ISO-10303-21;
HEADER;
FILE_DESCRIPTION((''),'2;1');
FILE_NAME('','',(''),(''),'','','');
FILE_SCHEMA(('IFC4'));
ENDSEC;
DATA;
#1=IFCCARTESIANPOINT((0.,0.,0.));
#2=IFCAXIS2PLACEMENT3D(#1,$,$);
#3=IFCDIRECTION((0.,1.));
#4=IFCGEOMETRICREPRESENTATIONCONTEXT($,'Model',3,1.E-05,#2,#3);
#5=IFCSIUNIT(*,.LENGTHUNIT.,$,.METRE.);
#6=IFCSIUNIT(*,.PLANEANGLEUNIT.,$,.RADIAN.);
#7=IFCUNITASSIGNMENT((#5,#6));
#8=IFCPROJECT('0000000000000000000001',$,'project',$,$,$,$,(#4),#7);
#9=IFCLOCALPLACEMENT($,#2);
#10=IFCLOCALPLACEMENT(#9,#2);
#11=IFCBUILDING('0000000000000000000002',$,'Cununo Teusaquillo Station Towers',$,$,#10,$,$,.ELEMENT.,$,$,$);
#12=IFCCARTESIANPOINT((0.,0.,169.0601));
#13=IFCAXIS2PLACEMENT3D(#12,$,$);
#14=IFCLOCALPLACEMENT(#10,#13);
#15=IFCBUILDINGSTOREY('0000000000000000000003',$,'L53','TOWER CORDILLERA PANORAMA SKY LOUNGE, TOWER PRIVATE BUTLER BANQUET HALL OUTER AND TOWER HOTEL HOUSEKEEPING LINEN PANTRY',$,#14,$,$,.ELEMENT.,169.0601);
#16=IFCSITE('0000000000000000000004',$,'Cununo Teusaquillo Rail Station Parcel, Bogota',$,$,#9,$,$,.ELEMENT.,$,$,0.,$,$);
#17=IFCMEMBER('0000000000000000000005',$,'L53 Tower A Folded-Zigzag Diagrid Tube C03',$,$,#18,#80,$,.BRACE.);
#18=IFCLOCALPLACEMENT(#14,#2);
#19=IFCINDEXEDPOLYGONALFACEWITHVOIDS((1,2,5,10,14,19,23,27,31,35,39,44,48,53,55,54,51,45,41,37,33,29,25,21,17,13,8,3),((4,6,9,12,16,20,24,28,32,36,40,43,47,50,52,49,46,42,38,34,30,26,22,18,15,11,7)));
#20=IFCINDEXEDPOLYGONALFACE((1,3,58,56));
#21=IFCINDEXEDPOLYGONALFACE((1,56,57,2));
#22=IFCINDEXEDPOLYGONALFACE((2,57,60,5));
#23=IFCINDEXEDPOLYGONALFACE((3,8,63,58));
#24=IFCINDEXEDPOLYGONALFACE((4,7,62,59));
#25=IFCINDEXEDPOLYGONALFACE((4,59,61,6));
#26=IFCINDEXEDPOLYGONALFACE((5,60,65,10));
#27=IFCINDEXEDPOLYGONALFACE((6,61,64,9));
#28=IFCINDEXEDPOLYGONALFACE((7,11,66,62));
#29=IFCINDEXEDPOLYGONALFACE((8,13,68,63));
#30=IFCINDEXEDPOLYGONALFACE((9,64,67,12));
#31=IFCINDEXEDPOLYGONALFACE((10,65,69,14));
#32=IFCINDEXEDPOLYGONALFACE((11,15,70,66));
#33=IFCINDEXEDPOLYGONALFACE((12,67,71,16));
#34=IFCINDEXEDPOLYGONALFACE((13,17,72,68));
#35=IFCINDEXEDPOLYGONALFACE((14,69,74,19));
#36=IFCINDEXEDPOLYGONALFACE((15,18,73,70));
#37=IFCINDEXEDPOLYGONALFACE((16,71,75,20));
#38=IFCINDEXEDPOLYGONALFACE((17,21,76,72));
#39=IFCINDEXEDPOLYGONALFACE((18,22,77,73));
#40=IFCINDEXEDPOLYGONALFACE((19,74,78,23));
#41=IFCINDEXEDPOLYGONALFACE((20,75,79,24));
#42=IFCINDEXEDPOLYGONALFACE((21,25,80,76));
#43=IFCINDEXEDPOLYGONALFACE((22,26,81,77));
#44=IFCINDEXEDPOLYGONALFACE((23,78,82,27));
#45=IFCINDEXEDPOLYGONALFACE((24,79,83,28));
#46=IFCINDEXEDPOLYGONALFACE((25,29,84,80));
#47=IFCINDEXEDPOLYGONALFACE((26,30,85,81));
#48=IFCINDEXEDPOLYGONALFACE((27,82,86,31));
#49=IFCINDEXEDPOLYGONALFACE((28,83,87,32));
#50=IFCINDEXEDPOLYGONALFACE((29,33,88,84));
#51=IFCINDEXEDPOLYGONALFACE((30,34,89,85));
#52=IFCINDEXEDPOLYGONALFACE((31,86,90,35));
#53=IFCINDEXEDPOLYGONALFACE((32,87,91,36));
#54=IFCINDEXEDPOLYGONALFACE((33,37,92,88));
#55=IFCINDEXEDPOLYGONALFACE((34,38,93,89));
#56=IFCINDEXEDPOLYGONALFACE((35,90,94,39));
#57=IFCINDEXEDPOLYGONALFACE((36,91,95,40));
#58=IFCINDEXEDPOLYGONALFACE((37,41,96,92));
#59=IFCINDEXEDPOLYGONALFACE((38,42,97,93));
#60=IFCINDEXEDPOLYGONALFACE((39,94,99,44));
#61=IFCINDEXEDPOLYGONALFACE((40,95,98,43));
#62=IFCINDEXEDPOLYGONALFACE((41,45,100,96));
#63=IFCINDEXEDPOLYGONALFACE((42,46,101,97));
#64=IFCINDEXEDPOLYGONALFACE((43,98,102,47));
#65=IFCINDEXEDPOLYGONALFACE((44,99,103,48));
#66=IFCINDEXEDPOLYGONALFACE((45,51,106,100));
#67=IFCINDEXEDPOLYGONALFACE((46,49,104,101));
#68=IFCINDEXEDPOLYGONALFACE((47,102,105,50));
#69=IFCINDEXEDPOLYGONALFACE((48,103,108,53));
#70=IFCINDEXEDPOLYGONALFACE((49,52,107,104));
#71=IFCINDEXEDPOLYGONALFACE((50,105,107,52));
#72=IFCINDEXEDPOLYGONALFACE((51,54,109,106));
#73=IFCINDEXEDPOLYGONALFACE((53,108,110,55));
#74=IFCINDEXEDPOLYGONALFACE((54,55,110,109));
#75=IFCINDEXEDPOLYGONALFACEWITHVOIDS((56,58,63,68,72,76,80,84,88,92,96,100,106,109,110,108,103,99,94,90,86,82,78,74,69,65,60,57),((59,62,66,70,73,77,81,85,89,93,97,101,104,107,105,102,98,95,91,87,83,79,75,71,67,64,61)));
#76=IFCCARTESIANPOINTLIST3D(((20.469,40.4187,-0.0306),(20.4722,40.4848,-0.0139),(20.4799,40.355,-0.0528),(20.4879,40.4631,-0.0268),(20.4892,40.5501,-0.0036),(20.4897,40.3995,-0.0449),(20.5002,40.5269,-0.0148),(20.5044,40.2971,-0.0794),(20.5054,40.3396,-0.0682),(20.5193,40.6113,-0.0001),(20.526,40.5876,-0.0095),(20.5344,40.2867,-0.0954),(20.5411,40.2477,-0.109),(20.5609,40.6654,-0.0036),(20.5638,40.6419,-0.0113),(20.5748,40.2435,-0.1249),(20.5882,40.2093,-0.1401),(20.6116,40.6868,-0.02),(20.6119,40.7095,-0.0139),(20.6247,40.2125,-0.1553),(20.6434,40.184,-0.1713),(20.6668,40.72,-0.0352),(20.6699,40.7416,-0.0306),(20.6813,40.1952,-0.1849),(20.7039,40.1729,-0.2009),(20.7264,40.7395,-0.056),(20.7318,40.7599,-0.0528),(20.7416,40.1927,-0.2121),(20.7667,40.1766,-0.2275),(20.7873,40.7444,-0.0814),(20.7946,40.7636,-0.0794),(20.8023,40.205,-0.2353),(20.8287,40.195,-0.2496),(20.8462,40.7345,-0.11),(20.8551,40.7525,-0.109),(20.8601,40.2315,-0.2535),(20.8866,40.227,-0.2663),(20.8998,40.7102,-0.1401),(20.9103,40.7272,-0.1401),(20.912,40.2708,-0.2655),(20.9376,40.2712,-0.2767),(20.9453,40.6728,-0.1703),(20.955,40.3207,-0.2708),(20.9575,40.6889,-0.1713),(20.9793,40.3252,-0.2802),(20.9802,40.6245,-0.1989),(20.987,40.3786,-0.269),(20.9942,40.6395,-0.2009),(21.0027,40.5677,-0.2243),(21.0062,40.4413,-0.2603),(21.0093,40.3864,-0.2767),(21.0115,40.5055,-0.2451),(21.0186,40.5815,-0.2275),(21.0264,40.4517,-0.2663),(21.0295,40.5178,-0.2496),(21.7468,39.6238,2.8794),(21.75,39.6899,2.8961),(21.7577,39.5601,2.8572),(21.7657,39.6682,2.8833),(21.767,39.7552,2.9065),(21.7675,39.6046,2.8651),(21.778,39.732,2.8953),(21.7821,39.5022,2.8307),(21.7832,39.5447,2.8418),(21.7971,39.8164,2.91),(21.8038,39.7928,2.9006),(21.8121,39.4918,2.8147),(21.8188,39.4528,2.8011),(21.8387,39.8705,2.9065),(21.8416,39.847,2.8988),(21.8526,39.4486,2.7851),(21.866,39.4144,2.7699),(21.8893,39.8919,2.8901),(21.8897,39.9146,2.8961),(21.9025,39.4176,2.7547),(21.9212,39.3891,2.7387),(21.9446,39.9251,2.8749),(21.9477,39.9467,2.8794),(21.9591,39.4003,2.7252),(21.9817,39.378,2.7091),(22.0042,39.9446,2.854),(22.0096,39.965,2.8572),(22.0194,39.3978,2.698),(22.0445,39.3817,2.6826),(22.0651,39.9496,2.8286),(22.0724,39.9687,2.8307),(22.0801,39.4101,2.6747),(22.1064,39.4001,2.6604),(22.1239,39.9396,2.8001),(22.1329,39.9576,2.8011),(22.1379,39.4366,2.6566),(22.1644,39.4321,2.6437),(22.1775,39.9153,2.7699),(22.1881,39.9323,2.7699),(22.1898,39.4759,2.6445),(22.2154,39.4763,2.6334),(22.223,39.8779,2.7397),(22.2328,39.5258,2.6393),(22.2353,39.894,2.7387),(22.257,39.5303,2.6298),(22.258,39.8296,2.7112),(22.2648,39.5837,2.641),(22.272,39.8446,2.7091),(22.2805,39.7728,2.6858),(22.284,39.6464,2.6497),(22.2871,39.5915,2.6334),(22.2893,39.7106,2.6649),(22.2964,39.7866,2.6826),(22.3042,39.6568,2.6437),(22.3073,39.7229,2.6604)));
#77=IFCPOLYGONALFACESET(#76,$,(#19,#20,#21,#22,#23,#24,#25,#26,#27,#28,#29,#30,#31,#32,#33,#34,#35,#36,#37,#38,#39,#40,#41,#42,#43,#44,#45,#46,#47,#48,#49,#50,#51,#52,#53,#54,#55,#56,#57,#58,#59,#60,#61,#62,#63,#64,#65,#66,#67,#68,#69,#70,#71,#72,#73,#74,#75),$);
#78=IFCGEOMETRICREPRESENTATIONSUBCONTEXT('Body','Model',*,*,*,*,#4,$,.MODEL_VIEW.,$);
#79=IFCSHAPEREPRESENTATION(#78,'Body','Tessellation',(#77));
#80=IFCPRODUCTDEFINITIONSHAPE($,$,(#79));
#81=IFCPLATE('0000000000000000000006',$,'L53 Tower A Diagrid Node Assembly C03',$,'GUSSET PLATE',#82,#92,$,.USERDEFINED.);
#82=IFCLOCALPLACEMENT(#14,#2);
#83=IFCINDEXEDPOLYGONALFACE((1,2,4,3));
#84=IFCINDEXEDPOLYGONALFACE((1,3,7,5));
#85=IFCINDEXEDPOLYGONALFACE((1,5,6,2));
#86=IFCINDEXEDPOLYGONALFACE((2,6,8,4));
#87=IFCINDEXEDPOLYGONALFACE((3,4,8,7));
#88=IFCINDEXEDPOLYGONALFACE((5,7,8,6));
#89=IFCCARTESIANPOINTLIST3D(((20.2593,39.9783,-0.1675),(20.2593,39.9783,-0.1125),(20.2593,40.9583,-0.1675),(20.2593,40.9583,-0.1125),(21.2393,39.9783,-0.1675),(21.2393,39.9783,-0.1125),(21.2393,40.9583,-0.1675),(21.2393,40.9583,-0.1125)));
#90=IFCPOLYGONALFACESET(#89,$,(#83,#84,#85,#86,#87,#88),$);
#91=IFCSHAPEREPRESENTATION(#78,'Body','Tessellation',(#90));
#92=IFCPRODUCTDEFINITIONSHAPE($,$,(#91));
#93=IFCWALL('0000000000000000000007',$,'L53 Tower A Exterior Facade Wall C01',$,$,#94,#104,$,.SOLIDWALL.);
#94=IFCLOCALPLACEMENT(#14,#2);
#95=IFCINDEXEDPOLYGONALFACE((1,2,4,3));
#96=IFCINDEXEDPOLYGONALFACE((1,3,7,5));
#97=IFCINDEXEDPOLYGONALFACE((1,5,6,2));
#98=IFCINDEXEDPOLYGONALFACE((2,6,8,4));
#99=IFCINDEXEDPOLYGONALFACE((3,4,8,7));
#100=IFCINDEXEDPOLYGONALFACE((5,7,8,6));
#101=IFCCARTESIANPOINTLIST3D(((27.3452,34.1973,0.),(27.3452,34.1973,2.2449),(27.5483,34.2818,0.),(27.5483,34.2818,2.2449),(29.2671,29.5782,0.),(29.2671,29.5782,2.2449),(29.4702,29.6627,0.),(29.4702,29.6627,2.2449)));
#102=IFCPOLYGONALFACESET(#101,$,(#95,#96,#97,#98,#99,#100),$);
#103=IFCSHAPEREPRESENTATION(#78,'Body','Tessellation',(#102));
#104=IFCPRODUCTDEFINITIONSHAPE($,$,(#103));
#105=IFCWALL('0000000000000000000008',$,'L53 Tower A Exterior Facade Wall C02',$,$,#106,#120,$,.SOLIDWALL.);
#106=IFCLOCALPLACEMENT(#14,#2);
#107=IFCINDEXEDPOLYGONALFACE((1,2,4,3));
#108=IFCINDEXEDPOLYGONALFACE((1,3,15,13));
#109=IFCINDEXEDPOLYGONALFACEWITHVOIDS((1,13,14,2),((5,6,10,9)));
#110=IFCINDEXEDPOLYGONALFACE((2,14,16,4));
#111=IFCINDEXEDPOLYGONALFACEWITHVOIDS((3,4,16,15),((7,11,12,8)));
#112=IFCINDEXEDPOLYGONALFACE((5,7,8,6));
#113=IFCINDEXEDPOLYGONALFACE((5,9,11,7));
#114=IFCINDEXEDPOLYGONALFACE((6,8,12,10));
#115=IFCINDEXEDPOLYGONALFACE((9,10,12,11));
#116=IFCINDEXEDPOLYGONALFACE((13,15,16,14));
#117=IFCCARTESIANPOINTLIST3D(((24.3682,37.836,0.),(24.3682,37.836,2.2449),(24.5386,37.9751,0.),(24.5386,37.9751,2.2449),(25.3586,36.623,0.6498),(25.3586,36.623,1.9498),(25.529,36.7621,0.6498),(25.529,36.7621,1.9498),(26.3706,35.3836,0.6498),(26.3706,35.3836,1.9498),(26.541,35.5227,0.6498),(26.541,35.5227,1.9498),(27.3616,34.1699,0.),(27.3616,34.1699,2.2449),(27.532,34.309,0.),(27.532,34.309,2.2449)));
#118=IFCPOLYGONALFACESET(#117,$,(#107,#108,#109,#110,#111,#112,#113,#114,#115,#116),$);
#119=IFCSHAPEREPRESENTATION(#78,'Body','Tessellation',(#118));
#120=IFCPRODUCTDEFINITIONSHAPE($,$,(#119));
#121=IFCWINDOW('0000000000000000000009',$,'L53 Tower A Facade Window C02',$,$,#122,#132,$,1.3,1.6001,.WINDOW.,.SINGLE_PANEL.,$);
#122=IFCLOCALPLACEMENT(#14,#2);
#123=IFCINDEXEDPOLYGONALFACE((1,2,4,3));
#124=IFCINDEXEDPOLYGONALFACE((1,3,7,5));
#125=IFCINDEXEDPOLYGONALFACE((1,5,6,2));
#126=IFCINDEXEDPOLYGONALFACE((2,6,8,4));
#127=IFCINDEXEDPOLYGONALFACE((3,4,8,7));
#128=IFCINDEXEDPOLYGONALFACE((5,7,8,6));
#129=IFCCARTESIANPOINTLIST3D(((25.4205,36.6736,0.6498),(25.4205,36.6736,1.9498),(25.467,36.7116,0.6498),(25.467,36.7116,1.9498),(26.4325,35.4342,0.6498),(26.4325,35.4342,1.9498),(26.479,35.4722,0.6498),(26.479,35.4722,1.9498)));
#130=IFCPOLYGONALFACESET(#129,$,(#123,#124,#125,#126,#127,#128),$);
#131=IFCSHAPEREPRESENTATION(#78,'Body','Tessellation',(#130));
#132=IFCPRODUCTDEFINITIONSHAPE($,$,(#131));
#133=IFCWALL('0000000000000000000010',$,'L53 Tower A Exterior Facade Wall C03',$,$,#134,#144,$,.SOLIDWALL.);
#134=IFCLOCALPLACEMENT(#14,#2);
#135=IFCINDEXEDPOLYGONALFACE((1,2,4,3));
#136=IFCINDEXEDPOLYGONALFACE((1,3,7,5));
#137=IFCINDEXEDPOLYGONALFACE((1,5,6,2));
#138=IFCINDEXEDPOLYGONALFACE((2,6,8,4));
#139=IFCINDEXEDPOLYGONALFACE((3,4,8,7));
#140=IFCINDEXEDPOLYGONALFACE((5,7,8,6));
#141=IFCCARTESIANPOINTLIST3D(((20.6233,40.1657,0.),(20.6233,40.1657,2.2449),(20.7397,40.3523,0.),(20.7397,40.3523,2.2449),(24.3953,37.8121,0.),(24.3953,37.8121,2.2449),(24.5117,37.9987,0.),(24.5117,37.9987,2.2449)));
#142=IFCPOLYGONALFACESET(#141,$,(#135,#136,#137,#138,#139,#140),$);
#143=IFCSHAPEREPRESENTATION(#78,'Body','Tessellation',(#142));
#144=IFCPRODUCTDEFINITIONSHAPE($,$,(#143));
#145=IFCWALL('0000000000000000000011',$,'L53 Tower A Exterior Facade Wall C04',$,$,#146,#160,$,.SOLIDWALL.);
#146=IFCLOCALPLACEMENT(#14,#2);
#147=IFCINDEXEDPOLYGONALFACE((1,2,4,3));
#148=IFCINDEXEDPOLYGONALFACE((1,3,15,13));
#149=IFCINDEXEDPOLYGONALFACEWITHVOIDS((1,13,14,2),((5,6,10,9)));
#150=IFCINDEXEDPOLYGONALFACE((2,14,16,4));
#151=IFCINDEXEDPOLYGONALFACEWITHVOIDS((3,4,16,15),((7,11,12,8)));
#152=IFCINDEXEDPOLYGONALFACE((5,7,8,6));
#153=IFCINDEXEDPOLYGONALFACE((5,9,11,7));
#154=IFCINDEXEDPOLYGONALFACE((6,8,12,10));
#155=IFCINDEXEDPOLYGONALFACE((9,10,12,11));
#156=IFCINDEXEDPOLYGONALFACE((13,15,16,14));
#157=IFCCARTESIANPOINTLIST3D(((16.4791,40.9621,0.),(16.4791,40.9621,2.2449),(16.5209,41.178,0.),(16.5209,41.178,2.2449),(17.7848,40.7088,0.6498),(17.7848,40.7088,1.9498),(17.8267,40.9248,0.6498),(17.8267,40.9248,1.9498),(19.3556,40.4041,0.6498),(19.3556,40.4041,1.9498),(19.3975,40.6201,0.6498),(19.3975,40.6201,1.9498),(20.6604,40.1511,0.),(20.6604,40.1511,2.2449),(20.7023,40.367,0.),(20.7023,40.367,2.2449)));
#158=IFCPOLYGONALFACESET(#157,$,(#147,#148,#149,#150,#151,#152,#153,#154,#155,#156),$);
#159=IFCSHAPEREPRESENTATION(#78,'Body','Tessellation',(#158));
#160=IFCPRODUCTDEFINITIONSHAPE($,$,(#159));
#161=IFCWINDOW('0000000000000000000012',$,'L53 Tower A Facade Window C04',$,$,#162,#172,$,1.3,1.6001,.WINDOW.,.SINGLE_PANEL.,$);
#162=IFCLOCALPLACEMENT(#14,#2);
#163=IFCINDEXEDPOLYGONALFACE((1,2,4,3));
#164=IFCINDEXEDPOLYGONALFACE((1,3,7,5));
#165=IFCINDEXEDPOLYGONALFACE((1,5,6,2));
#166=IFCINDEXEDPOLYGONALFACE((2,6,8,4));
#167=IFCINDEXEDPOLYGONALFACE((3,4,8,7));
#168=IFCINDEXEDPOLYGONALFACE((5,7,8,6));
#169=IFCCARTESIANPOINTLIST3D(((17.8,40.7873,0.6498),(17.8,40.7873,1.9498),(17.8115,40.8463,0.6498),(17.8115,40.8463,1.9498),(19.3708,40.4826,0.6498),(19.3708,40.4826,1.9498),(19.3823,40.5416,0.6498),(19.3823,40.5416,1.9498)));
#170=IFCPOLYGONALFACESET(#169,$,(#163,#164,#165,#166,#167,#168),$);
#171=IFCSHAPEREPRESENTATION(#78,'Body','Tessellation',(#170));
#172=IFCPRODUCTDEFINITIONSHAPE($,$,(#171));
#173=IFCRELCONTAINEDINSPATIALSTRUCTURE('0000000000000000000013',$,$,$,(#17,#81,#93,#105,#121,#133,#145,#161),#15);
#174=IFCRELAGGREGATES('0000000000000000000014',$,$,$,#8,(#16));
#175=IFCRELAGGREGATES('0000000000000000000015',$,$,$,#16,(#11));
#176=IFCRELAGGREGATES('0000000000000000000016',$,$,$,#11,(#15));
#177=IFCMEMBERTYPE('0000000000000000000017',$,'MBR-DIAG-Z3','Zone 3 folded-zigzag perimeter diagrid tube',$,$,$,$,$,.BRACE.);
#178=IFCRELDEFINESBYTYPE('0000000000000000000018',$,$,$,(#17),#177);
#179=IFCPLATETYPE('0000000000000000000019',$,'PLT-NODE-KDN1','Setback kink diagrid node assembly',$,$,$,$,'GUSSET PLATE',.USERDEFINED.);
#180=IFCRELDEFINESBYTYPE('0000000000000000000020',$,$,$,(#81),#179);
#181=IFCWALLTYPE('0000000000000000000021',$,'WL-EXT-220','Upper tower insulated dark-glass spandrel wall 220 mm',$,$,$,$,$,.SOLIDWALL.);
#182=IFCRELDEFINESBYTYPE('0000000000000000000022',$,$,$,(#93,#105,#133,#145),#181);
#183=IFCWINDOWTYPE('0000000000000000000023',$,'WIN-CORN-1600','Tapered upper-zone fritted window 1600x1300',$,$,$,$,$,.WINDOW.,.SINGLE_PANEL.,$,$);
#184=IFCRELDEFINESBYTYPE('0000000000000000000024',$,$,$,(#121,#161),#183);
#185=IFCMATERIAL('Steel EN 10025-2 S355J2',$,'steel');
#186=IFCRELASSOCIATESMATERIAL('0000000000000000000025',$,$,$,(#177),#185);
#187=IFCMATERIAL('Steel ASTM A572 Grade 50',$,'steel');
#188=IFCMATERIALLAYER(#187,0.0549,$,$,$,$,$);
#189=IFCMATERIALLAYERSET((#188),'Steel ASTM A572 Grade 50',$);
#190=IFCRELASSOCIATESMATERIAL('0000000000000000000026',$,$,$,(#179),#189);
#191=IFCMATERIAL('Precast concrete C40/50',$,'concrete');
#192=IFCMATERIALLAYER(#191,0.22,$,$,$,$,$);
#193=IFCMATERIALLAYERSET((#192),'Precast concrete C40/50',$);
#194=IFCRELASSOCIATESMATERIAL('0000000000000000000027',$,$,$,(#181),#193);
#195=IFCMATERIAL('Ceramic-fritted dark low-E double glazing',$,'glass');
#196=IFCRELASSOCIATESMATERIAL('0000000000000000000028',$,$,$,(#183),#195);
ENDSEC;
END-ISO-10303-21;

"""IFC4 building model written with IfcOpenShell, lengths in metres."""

from ifc_helpers import new_model, si_unit, direction, frame, frame_2d, origin, origin_2d, place, context, subcontext, project, spatial, rectangle, hollow_circle, extrude, source, transform, mapped, material, layer, layer_set, material_profile, profile_set, type_object, element, fill, save


model = new_model("IFC4")

# Units and contexts
model_context = context("Model", 3, precision=1e-05, world=origin(), true_north=direction((0.0, 1.0)))
body_context = subcontext(model_context, "Body", "Model", "MODEL_VIEW")
ifc_project = project(units=[si_unit("LENGTHUNIT", "METRE"), si_unit("PLANEANGLEUNIT", "RADIAN")], contexts=[model_context])

# Site, building, storey
site_placement = place(None, origin())
site = spatial("IfcSite", under=ifc_project, at=site_placement, Name="Cununo Teusaquillo Rail Station Parcel, Bogota", CompositionType="ELEMENT", RefElevation=0.0)
building_placement = place(site_placement, origin())
building = spatial("IfcBuilding", under=site, at=building_placement, Name="Cununo Teusaquillo Station Towers", CompositionType="ELEMENT")
storey_placement = place(building_placement, frame((0.0, 0.0, 169.0601)))
storey = spatial("IfcBuildingStorey", under=building, at=storey_placement, Name="L53", Description="TOWER CORDILLERA PANORAMA SKY LOUNGE, TOWER PRIVATE BUTLER BANQUET HALL OUTER AND TOWER HOTEL HOUSEKEEPING LINEN PANTRY", CompositionType="ELEMENT", Elevation=169.0601)

# Member
ifc_material_1 = material(Name="Steel EN 10025-2 S355J2", Category="steel")
ifc_material_profile_1 = material_profile(ifc_material_1, hollow_circle(Radius=0.3049, WallThickness=0.02, at=origin_2d()), Name="CHS 610x20")
ifc_profile_set_1 = profile_set([ifc_material_profile_1], Name="Steel EN 10025-2 S355J2")
member_type = type_object("IfcMemberType", Name="MBR-DIAG-Z3", Description="Zone 3 folded-zigzag perimeter diagrid tube", PredefinedType="BRACE", material=ifc_profile_set_1)
member_placement = place(storey_placement, frame((20.7493, 40.4683, -0.1401), z_axis=(0.39003, -0.242632, 0.88826), x_axis=(0.528219, 0.849108, 0.0)))
element("IfcMember", 1, at=member_placement, inside=storey, type_object=member_type, Name="L53 Tower A Folded-Zigzag Diagrid Tube C03", PredefinedType="BRACE", context=body_context, shape_type="SweptSolid", body=[
    extrude(hollow_circle(Radius=0.3049, WallThickness=0.02, at=origin_2d()), origin(), (0.0, 0.0, 1.0), 3.2761),
])

# Plate
ifc_material_2 = material(Name="Steel ASTM A572 Grade 50", Category="steel")
ifc_layer_1 = layer(ifc_material_2, 0.0549)
ifc_layer_set_1 = layer_set([ifc_layer_1], Name="Steel ASTM A572 Grade 50")
plate_type = type_object("IfcPlateType", Name="PLT-NODE-KDN1", Description="Setback kink diagrid node assembly", ElementType="GUSSET PLATE", PredefinedType="USERDEFINED", material=ifc_layer_set_1)
shared_shape_1 = source(origin(), body_context, "Body", "SweptSolid", [
    extrude(rectangle(XDim=0.98, YDim=0.98, at=origin_2d()), origin(), (0.0, 0.0, 1.0), 0.0549),
])
plate_placement = place(storey_placement, frame((20.7493, 40.4683, -0.1675), z_axis=(0.0, 0.0, 1.0), x_axis=(1.0, 0.0, 0.0)))
element("IfcPlate", 2, at=plate_placement, inside=storey, type_object=plate_type, Name="L53 Tower A Diagrid Node Assembly C03", ObjectType="GUSSET PLATE", PredefinedType="USERDEFINED", context=body_context, shape_type="MappedRepresentation", body=[
    mapped(shared_shape_1, transform((0.0, 0.0, 0.0), x_axis=(1.0, 0.0, 0.0), y_axis=(0.0, 1.0, 0.0), z_axis=(0.0, 0.0, 1.0), scale=1.0)),
])

# Wall
ifc_material_3 = material(Name="Precast concrete C40/50", Category="concrete")
ifc_layer_2 = layer(ifc_material_3, 0.22)
ifc_layer_set_2 = layer_set([ifc_layer_2], Name="Precast concrete C40/50")
wall_type_1 = type_object("IfcWallType", Name="WL-EXT-220", Description="Upper tower insulated dark-glass spandrel wall 220 mm", PredefinedType="SOLIDWALL", material=ifc_layer_set_2)
wall_1_placement = place(storey_placement, frame((27.4468, 34.2395, 0.0), z_axis=(0.0, 0.0, 1.0), x_axis=(0.384144, -0.923273, 0.0)))
element("IfcWall", 3, at=wall_1_placement, inside=storey, type_object=wall_type_1, Name="L53 Tower A Exterior Facade Wall C01", PredefinedType="SOLIDWALL", context=body_context, shape_type="SweptSolid", body=[
    extrude(rectangle(XDim=5.0029, YDim=0.22, at=frame_2d((2.5015, 0.0))), origin(), (0.0, 0.0, 1.0), 2.2449),
])

# Wall, opening, window
wall_2_placement = place(storey_placement, frame((24.4534, 37.9055, 0.0), z_axis=(0.0, 0.0, 1.0), x_axis=(0.632471, -0.774584, 0.0)))
wall_2 = element("IfcWall", 4, at=wall_2_placement, inside=storey, type_object=wall_type_1, Name="L53 Tower A Exterior Facade Wall C02", PredefinedType="SOLIDWALL", context=body_context, shape_type="SweptSolid", body=[
    extrude(rectangle(XDim=4.7329, YDim=0.22, at=frame_2d((2.3665, 0.0))), origin(), (0.0, 0.0, 1.0), 2.2449),
])
shared_shape_2 = source(origin(), body_context, "Body", "SweptSolid", [
    extrude(rectangle(XDim=1.6001, YDim=1.3, at=frame_2d((0.8, 0.6499))), frame((0.0, 0.1199, 0.0), z_axis=(0.0, -1.0, 0.0), x_axis=(1.0, 0.0, 0.0)), (0.0, 0.0, 1.0), 0.24),
])
opening_1_placement = place(wall_2_placement, frame((1.5659, 0.0, 0.6499)))
opening_1 = element("IfcOpeningElement", 5, at=opening_1_placement, cuts=wall_2, PredefinedType="OPENING", context=body_context, shape_type="MappedRepresentation", body=[
    mapped(shared_shape_2, transform((0.0, 0.0, 0.0), x_axis=(1.0, 0.0, 0.0), y_axis=(0.0, 1.0, 0.0), z_axis=(0.0, 0.0, 1.0), scale=1.0)),
])
ifc_material_4 = material(Name="Ceramic-fritted dark low-E double glazing", Category="glass")
window_type = type_object("IfcWindowType", Name="WIN-CORN-1600", Description="Tapered upper-zone fritted window 1600x1300", PartitioningType="SINGLE_PANEL", PredefinedType="WINDOW", material=ifc_material_4)
shared_shape_3 = source(origin(), body_context, "Body", "SweptSolid", [
    extrude(rectangle(XDim=1.6001, YDim=1.3, at=frame_2d((0.8, 0.6499))), frame((0.0, 0.03, 0.0), z_axis=(0.0, -1.0, 0.0), x_axis=(1.0, 0.0, 0.0)), (0.0, 0.0, 1.0), 0.0601),
])
window_1_placement = place(opening_1_placement, origin())
window_1 = element("IfcWindow", 6, at=window_1_placement, inside=storey, type_object=window_type, Name="L53 Tower A Facade Window C02", OverallHeight=1.3, OverallWidth=1.6001, PartitioningType="SINGLE_PANEL", PredefinedType="WINDOW", context=body_context, shape_type="MappedRepresentation", body=[
    mapped(shared_shape_3, transform((0.0, 0.0, 0.0), x_axis=(1.0, 0.0, 0.0), y_axis=(0.0, 1.0, 0.0), z_axis=(0.0, 0.0, 1.0), scale=1.0)),
])
fill(opening_1, window_1)

# Wall
wall_3_placement = place(storey_placement, frame((20.6814, 40.259, 0.0), z_axis=(0.0, 0.0, 1.0), x_axis=(0.848399, -0.529357, 0.0)))
element("IfcWall", 7, at=wall_3_placement, inside=storey, type_object=wall_type_1, Name="L53 Tower A Exterior Facade Wall C03", PredefinedType="SOLIDWALL", context=body_context, shape_type="SweptSolid", body=[
    extrude(rectangle(XDim=4.446, YDim=0.22, at=frame_2d((2.2231, 0.0))), origin(), (0.0, 0.0, 1.0), 2.2449),
])

# Wall, opening, window
wall_4_placement = place(storey_placement, frame((16.5, 41.0701, 0.0), z_axis=(0.0, 0.0, 1.0), x_axis=(0.981704, -0.190414, 0.0)))
wall_4 = element("IfcWall", 8, at=wall_4_placement, inside=storey, type_object=wall_type_1, Name="L53 Tower A Exterior Facade Wall C04", PredefinedType="SOLIDWALL", context=body_context, shape_type="SweptSolid", body=[
    extrude(rectangle(XDim=4.2593, YDim=0.22, at=frame_2d((2.1296, 0.0))), origin(), (0.0, 0.0, 1.0), 2.2449),
])
opening_2_placement = place(wall_4_placement, frame((1.3301, 0.0, 0.6499)))
opening_2 = element("IfcOpeningElement", 9, at=opening_2_placement, cuts=wall_4, PredefinedType="OPENING", context=body_context, shape_type="MappedRepresentation", body=[
    mapped(shared_shape_2, transform((0.0, 0.0, 0.0), x_axis=(1.0, 0.0, 0.0), y_axis=(0.0, 1.0, 0.0), z_axis=(0.0, 0.0, 1.0), scale=1.0)),
])
window_2_placement = place(opening_2_placement, origin())
window_2 = element("IfcWindow", 10, at=window_2_placement, inside=storey, type_object=window_type, Name="L53 Tower A Facade Window C04", OverallHeight=1.3, OverallWidth=1.6001, PartitioningType="SINGLE_PANEL", PredefinedType="WINDOW", context=body_context, shape_type="MappedRepresentation", body=[
    mapped(shared_shape_3, transform((0.0, 0.0, 0.0), x_axis=(1.0, 0.0, 0.0), y_axis=(0.0, 1.0, 0.0), z_axis=(0.0, 0.0, 1.0), scale=1.0)),
])
fill(opening_2, window_2)

save(model, "model.ifc")
